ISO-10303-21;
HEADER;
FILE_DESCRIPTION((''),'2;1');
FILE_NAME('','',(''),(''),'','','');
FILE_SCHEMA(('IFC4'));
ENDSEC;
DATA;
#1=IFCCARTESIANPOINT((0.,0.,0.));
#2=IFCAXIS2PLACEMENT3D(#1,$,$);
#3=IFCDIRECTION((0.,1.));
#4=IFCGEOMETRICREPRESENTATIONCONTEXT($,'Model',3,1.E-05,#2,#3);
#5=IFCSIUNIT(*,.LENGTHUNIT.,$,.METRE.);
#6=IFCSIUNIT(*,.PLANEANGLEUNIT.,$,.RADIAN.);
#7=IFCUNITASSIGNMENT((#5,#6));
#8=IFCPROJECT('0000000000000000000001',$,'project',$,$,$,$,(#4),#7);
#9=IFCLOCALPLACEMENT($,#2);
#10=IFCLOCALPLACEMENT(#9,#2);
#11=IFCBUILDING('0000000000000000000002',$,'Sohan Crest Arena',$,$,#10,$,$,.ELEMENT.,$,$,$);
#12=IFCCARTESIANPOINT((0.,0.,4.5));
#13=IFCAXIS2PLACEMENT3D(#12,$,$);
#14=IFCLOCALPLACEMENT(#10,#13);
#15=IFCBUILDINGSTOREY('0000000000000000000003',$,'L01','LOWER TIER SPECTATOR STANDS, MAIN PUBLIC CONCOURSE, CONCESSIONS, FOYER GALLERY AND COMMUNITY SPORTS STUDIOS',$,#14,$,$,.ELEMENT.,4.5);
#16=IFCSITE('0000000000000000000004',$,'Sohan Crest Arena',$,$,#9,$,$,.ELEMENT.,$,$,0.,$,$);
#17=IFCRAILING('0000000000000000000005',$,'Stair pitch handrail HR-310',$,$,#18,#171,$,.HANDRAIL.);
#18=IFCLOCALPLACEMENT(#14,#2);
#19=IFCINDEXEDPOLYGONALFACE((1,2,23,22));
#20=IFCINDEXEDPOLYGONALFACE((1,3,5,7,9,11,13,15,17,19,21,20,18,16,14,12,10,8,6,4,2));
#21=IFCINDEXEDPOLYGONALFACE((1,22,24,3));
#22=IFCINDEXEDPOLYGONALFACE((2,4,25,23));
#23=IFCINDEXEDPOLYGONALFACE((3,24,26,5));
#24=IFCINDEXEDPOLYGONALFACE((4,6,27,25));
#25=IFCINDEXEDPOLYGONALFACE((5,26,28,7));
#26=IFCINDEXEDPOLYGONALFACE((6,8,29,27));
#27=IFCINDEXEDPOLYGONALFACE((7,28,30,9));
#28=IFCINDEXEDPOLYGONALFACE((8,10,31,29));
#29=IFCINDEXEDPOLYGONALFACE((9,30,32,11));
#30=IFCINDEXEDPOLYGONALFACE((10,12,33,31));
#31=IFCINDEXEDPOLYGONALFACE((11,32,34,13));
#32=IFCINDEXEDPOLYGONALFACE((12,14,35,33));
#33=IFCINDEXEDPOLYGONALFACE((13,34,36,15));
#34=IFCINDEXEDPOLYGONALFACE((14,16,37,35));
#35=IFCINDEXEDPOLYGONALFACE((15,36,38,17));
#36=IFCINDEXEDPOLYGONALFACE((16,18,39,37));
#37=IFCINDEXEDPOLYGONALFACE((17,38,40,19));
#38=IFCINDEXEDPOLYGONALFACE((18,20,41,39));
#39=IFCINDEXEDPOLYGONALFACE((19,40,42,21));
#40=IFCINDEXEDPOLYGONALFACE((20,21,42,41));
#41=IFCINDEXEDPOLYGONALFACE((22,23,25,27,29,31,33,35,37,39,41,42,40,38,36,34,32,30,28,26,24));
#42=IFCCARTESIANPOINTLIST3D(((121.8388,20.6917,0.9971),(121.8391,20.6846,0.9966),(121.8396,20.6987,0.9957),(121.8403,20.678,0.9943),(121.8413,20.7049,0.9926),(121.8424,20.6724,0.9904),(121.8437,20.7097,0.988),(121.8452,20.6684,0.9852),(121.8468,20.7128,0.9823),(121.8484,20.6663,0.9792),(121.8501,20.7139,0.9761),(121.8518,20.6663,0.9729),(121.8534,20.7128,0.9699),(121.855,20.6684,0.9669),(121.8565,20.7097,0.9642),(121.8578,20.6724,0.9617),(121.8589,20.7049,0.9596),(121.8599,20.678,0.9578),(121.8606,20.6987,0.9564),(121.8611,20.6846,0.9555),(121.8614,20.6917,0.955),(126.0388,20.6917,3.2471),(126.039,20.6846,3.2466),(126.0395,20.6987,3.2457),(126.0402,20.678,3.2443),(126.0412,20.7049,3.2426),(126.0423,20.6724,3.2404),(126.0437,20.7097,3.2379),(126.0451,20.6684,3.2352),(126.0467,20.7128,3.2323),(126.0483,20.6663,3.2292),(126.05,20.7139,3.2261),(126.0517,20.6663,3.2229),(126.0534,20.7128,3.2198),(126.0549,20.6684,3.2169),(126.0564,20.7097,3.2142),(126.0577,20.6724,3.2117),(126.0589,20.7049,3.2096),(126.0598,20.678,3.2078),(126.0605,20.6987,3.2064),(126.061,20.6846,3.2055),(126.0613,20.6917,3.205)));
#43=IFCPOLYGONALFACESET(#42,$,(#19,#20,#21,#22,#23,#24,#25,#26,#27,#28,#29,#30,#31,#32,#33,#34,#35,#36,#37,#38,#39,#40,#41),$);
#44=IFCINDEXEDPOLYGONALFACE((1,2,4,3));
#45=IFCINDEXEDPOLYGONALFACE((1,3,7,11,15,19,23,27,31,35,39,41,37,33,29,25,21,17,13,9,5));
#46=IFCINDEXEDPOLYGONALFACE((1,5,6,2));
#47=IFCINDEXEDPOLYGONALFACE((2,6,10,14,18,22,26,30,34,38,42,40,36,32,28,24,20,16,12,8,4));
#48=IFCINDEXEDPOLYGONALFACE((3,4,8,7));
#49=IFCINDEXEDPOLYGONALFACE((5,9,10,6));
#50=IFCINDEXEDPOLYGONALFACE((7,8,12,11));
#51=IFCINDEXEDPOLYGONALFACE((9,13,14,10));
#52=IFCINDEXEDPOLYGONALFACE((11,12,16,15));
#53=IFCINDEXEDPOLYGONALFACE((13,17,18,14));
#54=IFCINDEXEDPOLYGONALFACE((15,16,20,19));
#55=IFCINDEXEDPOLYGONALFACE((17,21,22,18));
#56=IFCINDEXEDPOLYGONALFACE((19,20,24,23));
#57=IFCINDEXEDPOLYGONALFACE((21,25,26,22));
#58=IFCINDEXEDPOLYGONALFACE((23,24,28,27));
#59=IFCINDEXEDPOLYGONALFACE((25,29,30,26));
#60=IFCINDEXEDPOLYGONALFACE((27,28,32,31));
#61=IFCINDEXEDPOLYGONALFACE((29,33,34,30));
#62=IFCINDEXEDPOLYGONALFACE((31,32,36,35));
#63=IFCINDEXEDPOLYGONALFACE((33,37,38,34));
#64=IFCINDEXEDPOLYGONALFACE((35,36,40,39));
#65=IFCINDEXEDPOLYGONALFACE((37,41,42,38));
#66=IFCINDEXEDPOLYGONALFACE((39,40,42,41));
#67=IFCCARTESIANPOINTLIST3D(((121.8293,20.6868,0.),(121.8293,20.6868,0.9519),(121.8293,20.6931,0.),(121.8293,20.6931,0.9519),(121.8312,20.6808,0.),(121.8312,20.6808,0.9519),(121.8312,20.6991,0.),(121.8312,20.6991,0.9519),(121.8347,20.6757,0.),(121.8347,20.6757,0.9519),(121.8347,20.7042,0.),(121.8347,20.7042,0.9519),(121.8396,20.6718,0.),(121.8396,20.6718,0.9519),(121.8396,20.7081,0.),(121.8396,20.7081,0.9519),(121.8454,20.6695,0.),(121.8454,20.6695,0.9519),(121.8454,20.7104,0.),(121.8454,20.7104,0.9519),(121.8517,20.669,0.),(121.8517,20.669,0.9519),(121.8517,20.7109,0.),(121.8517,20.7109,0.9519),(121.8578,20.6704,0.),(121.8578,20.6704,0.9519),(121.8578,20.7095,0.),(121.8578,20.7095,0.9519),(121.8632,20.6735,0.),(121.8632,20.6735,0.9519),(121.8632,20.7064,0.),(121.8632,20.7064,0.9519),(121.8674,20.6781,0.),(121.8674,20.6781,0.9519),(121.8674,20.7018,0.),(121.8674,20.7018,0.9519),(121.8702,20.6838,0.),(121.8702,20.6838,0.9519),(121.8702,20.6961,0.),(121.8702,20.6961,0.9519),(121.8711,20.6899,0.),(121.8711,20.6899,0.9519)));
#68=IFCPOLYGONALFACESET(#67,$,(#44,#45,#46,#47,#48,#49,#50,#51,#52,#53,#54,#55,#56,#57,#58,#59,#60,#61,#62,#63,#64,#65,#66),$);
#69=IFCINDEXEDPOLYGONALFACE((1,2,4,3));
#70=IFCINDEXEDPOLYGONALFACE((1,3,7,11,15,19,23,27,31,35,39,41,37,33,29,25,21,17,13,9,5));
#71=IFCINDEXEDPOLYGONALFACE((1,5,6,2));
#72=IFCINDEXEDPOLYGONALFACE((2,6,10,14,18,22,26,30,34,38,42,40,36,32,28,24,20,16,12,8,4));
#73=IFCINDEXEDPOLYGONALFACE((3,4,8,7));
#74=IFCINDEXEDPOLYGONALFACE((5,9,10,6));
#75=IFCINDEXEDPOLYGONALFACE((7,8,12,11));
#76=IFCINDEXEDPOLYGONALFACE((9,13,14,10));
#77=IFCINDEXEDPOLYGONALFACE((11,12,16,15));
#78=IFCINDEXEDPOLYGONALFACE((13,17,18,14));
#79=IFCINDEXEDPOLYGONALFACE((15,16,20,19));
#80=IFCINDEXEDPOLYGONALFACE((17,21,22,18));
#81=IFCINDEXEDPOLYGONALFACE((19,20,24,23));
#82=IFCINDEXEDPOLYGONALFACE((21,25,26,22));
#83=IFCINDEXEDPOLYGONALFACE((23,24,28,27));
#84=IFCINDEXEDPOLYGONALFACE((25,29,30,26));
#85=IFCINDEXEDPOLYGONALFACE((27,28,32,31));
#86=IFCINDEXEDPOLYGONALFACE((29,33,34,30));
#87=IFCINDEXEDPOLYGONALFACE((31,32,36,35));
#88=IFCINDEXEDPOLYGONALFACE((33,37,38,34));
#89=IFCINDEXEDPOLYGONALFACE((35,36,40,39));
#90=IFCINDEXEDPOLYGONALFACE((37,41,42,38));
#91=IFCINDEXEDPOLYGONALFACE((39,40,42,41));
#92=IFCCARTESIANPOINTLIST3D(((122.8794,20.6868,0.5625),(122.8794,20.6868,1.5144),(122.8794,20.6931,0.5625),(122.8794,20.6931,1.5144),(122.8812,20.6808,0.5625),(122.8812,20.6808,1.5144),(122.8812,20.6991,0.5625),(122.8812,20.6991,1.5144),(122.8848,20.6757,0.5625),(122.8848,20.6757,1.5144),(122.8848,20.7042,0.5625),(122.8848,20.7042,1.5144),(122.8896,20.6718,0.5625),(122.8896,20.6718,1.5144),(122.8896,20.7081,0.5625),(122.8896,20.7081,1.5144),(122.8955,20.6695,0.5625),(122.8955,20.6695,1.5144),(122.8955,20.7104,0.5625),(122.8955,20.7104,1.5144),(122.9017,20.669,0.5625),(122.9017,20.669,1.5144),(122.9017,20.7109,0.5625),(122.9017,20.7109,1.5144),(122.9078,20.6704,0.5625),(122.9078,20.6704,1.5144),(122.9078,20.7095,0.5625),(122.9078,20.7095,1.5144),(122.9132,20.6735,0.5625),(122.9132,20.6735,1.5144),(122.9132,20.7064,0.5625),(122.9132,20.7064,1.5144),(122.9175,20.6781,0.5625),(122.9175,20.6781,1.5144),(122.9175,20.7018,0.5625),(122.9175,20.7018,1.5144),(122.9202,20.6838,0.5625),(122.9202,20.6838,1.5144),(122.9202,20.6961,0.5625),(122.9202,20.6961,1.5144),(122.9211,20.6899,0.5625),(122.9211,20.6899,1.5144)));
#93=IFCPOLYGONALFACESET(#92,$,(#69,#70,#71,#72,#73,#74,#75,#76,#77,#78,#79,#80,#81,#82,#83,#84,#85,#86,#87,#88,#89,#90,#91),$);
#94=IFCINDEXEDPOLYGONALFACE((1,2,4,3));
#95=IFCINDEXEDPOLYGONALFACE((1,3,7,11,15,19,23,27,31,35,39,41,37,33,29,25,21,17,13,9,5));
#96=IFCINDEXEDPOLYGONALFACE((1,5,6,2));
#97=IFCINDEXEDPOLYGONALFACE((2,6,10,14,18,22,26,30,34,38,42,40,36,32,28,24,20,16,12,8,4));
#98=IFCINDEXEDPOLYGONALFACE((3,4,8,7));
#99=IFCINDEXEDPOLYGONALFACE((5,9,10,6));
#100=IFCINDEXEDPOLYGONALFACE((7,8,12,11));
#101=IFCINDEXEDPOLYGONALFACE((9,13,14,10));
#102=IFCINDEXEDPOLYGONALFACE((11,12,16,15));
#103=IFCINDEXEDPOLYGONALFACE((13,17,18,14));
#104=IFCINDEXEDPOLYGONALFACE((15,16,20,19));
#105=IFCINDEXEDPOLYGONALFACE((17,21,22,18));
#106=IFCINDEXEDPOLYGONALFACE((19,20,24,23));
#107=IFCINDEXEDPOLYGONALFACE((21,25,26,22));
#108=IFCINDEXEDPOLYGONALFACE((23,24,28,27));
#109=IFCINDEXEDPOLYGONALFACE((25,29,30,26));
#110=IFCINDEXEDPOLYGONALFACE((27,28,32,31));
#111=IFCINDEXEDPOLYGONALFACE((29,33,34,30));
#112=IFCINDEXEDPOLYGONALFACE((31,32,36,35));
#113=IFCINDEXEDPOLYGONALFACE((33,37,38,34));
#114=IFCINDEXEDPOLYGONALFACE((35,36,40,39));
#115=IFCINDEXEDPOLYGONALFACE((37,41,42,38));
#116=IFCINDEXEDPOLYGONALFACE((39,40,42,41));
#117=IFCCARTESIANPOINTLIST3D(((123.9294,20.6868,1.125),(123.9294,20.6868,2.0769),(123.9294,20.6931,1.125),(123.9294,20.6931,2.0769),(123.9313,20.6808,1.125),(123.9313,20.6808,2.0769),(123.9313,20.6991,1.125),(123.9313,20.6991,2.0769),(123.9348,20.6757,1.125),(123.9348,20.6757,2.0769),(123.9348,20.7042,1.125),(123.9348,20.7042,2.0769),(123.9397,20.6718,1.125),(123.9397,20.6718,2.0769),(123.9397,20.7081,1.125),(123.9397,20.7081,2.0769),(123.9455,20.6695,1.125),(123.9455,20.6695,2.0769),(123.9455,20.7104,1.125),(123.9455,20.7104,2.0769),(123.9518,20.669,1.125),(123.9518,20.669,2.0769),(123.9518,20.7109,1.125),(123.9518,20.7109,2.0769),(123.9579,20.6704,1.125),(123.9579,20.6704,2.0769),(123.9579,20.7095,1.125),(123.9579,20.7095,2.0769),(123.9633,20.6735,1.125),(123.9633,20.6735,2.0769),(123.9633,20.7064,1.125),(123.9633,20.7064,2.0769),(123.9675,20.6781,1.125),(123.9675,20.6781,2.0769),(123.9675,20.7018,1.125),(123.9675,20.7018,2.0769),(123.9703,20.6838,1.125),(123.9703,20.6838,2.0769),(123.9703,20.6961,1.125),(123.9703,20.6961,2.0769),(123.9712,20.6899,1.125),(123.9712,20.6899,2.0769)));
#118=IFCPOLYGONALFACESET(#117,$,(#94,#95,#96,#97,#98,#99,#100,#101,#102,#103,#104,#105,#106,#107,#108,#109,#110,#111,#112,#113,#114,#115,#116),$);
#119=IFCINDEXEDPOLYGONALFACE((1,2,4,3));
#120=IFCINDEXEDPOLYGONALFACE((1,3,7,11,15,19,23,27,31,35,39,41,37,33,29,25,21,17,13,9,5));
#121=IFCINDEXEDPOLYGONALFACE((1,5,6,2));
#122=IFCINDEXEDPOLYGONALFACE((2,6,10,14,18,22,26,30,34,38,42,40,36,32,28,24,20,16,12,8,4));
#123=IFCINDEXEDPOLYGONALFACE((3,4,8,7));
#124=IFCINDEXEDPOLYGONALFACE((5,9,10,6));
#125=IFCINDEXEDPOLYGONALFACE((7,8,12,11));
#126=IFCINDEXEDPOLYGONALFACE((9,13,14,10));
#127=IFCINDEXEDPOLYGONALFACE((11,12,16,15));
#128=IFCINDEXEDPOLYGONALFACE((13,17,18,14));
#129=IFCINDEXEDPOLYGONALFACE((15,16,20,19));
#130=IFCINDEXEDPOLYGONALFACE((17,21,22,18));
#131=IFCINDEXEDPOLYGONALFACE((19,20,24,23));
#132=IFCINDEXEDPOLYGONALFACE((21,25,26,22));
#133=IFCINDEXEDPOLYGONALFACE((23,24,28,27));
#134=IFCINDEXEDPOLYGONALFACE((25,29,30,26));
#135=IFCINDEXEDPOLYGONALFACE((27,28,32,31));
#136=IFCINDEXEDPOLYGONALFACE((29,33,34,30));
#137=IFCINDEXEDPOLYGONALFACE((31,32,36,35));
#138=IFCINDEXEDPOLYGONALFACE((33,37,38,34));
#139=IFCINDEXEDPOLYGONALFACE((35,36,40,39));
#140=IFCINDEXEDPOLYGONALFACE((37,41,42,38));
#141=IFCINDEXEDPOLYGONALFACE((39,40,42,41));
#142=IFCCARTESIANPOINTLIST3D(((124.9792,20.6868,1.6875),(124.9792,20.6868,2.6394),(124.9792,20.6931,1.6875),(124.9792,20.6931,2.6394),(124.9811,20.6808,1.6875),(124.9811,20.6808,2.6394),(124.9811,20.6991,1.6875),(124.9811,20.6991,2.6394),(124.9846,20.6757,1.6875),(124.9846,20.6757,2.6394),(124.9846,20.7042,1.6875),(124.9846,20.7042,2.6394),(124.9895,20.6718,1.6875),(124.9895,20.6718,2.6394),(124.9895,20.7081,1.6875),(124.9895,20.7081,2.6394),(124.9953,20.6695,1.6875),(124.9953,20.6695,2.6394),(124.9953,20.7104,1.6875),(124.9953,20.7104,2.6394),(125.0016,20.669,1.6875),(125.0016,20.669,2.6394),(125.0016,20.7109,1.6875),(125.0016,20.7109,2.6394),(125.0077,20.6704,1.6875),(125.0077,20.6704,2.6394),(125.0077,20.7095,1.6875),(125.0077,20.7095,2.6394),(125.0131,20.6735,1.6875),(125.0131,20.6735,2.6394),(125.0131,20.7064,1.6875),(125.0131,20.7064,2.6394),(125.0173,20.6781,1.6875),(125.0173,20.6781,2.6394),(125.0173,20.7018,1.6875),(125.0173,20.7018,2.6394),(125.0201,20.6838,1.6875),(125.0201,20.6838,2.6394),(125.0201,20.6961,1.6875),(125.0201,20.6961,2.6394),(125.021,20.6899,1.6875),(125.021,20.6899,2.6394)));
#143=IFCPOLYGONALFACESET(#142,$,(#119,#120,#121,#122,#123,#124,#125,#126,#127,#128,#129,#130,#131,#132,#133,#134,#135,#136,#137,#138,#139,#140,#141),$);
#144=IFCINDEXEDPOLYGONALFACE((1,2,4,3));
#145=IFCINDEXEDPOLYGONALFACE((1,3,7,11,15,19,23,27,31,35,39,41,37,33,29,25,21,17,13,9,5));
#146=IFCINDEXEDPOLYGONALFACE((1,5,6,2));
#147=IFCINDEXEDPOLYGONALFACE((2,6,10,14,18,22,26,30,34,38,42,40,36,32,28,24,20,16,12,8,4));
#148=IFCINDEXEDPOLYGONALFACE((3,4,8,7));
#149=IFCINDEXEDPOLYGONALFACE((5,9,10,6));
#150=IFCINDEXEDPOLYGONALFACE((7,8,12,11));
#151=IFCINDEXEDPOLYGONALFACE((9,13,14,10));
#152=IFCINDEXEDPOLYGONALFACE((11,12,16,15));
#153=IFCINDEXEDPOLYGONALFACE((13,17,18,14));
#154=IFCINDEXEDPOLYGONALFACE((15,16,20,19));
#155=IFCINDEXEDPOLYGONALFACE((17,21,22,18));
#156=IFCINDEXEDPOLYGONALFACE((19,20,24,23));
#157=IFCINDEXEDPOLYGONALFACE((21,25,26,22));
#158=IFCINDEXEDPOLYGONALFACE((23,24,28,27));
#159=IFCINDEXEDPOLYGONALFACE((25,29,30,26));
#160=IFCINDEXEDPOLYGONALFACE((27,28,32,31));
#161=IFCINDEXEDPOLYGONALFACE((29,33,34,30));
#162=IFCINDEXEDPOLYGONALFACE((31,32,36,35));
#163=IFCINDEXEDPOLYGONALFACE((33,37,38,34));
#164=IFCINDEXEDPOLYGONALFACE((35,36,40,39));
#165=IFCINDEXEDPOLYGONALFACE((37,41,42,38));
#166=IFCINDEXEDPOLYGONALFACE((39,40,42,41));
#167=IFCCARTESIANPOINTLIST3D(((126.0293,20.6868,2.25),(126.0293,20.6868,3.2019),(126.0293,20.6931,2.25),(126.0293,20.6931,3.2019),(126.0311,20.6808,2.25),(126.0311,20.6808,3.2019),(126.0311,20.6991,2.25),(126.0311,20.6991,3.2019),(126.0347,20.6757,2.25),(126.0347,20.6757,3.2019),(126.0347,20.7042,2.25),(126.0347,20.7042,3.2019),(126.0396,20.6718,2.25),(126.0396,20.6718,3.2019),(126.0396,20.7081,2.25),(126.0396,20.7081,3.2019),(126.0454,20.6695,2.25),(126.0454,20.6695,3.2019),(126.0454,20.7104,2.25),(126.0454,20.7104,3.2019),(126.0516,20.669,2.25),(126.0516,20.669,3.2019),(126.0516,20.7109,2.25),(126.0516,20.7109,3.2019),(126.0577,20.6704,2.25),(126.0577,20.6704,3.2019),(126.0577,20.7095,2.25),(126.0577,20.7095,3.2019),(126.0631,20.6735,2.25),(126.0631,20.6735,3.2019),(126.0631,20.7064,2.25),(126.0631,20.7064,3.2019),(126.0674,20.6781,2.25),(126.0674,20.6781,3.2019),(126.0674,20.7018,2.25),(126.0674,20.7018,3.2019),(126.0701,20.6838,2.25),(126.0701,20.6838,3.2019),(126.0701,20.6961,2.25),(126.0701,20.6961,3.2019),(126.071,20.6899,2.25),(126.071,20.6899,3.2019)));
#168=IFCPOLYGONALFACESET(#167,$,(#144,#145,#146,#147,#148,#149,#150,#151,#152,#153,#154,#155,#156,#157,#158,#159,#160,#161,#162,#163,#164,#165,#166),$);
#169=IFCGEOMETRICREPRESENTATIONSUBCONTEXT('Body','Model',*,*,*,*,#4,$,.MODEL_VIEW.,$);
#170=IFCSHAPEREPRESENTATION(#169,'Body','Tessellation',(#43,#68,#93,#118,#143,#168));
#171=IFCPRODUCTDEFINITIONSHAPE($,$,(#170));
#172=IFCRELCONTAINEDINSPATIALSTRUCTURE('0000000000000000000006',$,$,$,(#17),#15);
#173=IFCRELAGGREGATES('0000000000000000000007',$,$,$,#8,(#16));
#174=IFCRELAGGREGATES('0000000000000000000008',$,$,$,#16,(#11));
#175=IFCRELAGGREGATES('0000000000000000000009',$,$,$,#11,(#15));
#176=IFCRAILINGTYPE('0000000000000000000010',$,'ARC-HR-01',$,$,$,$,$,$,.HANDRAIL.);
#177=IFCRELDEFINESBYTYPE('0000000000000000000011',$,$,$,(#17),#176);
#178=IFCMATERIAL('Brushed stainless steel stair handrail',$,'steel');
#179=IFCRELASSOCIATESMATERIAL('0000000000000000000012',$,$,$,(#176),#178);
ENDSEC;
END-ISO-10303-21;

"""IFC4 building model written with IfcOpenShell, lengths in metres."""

from ifc_helpers import new_model, si_unit, direction, frame, origin, origin_2d, place, context, subcontext, project, spatial, circle, extrude, material, type_object, element, save


model = new_model("IFC4")

# Units and contexts
model_context = context("Model", 3, precision=1e-05, world=origin(), true_north=direction((0.0, 1.0)))
body_context = subcontext(model_context, "Body", "Model", "MODEL_VIEW")
ifc_project = project(units=[si_unit("LENGTHUNIT", "METRE"), si_unit("PLANEANGLEUNIT", "RADIAN")], contexts=[model_context])

# Site, building, storey
site_placement = place(None, origin())
site = spatial("IfcSite", under=ifc_project, at=site_placement, Name="Sohan Crest Arena", CompositionType="ELEMENT", RefElevation=0.0)
building_placement = place(site_placement, origin())
building = spatial("IfcBuilding", under=site, at=building_placement, Name="Sohan Crest Arena", CompositionType="ELEMENT")
storey_placement = place(building_placement, frame((0.0, 0.0, 4.5)))
storey = spatial("IfcBuildingStorey", under=building, at=storey_placement, Name="L01", Description="LOWER TIER SPECTATOR STANDS, MAIN PUBLIC CONCOURSE, CONCESSIONS, FOYER GALLERY AND COMMUNITY SPORTS STUDIOS", CompositionType="ELEMENT", Elevation=4.5)

# Railing
ifc_material_1 = material(Name="Brushed stainless steel stair handrail", Category="steel")
railing_type_1 = type_object("IfcRailingType", Name="ARC-HR-01", PredefinedType="HANDRAIL", material=ifc_material_1)
for number, where, name in (
    (1, (121.8501, 20.6899, 0.0), "Stair pitch handrail HR-310"),
):
    element("IfcRailing", number, at=place(storey_placement, frame(where)), inside=storey, type_object=railing_type_1, Name=name, PredefinedType="HANDRAIL", context=body_context, shape_type="SweptSolid", body=[
        extrude(circle(Radius=0.0239, at=origin_2d()), frame((0.0, 0.0, 0.9761), z_axis=(0.881478, 0.0, 0.472226), x_axis=(0.0, 1.0, 0.0)), (0.0, 0.0, 1.0), 4.7646),
        extrude(circle(Radius=0.021, at=origin_2d()), origin(), (0.0, 0.0, 1.0), 0.9519),
        extrude(circle(Radius=0.021, at=origin_2d()), frame((1.05, 0.0, 0.5625)), (0.0, 0.0, 1.0), 0.9519),
        extrude(circle(Radius=0.021, at=origin_2d()), frame((2.1001, 0.0, 1.125)), (0.0, 0.0, 1.0), 0.9519),
        extrude(circle(Radius=0.021, at=origin_2d()), frame((3.1499, 0.0, 1.6875)), (0.0, 0.0, 1.0), 0.9519),
        extrude(circle(Radius=0.021, at=origin_2d()), frame((4.2, 0.0, 2.25)), (0.0, 0.0, 1.0), 0.9519),
    ])

save(model, "model.ifc")
